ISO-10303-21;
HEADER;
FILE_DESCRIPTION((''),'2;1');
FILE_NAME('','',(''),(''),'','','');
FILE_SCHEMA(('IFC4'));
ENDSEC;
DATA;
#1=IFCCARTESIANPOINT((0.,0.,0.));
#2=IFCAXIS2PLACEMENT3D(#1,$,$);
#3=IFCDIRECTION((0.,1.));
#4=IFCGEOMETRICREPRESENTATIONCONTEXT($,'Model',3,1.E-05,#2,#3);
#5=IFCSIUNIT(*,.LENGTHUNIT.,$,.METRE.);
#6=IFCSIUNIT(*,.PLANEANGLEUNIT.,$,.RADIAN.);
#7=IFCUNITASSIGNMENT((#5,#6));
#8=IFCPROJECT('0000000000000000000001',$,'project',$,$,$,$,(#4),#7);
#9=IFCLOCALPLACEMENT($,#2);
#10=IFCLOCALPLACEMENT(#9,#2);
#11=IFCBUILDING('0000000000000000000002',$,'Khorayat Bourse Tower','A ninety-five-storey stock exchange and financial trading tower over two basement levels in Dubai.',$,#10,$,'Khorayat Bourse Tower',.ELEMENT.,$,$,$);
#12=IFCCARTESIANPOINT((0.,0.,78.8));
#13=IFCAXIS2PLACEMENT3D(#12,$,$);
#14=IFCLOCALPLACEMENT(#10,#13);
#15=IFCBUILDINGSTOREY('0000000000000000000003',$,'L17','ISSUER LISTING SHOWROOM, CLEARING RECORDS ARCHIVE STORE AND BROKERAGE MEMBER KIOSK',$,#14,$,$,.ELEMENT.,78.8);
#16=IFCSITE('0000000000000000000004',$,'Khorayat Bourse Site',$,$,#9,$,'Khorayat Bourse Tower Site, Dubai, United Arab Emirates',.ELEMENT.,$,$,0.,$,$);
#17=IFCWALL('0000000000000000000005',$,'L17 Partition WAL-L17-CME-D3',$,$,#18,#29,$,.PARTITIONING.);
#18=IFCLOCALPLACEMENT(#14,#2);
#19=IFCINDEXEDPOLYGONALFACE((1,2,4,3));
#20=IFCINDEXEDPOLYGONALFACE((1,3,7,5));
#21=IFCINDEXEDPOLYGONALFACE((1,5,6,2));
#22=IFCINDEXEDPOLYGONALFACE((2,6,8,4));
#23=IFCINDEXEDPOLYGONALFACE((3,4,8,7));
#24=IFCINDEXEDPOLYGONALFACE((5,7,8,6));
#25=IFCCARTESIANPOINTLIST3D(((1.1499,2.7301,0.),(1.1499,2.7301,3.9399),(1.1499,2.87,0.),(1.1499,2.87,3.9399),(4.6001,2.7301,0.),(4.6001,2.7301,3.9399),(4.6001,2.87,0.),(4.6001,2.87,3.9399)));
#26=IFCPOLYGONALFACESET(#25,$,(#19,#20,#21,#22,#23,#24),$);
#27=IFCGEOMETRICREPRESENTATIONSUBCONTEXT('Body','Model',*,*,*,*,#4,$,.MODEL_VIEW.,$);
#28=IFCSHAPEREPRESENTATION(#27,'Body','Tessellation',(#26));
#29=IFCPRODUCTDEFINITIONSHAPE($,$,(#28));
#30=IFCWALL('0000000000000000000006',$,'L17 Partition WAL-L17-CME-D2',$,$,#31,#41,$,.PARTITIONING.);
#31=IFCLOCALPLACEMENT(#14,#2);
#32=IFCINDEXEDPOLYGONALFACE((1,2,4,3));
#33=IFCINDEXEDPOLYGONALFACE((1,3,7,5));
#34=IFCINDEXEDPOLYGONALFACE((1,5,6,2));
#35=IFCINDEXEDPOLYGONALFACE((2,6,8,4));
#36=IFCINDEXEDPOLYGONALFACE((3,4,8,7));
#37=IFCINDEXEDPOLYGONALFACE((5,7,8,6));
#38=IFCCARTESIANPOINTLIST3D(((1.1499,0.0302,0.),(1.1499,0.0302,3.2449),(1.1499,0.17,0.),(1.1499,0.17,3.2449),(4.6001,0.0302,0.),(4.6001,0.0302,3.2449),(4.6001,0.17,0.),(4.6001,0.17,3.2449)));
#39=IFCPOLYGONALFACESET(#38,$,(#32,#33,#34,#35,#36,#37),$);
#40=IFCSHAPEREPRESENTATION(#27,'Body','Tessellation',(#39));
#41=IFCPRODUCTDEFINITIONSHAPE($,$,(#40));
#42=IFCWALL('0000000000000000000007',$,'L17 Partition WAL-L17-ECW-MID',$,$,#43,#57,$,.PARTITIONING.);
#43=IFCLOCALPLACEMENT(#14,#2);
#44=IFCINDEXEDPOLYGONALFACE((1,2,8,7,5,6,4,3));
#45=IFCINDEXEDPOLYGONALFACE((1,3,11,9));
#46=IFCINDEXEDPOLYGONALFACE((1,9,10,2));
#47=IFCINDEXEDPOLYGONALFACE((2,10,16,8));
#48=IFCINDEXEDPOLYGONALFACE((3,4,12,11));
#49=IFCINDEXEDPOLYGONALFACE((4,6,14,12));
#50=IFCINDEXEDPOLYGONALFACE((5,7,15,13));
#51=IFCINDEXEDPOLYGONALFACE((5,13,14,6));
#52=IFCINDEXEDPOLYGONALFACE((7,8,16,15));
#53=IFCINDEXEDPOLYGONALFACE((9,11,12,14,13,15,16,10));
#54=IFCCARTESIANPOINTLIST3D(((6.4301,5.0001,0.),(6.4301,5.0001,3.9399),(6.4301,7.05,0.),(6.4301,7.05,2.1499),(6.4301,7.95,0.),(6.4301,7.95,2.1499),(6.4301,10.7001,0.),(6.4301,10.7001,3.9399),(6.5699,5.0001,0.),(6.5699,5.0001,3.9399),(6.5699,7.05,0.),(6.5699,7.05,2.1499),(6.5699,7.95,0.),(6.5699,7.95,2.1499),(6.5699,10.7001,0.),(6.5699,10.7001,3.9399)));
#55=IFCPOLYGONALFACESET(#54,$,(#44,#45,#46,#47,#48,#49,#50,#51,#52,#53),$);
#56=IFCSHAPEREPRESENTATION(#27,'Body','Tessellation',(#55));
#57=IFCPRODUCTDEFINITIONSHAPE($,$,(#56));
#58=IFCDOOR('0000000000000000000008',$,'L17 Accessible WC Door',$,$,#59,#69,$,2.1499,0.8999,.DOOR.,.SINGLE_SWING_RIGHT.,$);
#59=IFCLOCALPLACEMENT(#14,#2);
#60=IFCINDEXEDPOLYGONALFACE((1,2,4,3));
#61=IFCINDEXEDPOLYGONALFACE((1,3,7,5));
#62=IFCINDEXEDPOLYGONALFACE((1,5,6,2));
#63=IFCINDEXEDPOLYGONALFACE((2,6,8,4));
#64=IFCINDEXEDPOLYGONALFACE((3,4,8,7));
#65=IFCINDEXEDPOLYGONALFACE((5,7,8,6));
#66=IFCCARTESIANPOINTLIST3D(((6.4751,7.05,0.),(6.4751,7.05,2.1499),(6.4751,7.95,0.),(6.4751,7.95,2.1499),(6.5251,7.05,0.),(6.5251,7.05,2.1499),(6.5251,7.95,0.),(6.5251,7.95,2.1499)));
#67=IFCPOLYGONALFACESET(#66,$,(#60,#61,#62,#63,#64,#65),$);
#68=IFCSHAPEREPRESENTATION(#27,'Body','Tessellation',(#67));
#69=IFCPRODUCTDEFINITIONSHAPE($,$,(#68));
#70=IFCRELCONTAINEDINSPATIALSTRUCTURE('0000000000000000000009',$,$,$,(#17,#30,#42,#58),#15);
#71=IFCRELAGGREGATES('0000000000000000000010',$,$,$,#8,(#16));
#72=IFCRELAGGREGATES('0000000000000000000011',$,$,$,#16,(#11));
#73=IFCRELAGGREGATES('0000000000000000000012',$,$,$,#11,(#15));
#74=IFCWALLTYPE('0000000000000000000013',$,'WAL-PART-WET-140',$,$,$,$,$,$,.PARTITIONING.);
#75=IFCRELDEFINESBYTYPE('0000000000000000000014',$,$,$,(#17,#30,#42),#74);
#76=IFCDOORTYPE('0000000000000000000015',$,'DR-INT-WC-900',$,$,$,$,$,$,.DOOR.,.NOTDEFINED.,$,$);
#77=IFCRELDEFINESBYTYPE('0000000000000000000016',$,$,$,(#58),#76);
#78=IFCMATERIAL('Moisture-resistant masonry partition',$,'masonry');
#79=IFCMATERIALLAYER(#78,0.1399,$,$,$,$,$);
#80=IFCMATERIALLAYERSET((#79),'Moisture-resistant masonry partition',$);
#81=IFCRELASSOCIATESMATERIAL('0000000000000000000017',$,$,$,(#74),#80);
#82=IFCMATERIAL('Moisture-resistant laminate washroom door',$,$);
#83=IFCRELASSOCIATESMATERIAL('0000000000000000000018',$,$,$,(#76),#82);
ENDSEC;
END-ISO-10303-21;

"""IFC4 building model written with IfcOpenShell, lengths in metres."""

from ifc_helpers import new_model, si_unit, direction, frame, frame_2d, origin, place, context, subcontext, project, spatial, rectangle, extrude, source, transform, mapped, material, layer, layer_set, type_object, element, fill, save


model = new_model("IFC4")

# Units and contexts
model_context = context("Model", 3, precision=1e-05, world=origin(), true_north=direction((0.0, 1.0)))
body_context = subcontext(model_context, "Body", "Model", "MODEL_VIEW")
ifc_project = project(units=[si_unit("LENGTHUNIT", "METRE"), si_unit("PLANEANGLEUNIT", "RADIAN")], contexts=[model_context])

# Site, building, storey
site_placement = place(None, origin())
site = spatial("IfcSite", under=ifc_project, at=site_placement, Name="Khorayat Bourse Site", LongName="Khorayat Bourse Tower Site, Dubai, United Arab Emirates", CompositionType="ELEMENT", RefElevation=0.0)
building_placement = place(site_placement, origin())
building = spatial("IfcBuilding", under=site, at=building_placement, Name="Khorayat Bourse Tower", Description="A ninety-five-storey stock exchange and financial trading tower over two basement levels in Dubai.", LongName="Khorayat Bourse Tower", CompositionType="ELEMENT")
storey_placement = place(building_placement, frame((0.0, 0.0, 78.8)))
storey = spatial("IfcBuildingStorey", under=building, at=storey_placement, Name="L17", Description="ISSUER LISTING SHOWROOM, CLEARING RECORDS ARCHIVE STORE AND BROKERAGE MEMBER KIOSK", CompositionType="ELEMENT", Elevation=78.8)

# Shared definitions
ifc_material_1 = material(Name="Moisture-resistant masonry partition", Category="masonry")
ifc_layer_1 = layer(ifc_material_1, 0.1399)
ifc_layer_set_1 = layer_set([ifc_layer_1], Name="Moisture-resistant masonry partition")
wall_type_1 = type_object("IfcWallType", Name="WAL-PART-WET-140", PredefinedType="PARTITIONING", material=ifc_layer_set_1)

# Shared definitions
shared_shape_1 = source(origin(), body_context, "Body", "SweptSolid", [
    extrude(rectangle(XDim=0.8999, YDim=2.1499, at=frame_2d((0.45, 1.075))), frame((0.0, 0.0798, 0.0), z_axis=(0.0, -1.0, 0.0), x_axis=(1.0, 0.0, 0.0)), (0.0, 0.0, 1.0), 0.1599),
])
ifc_material_2 = material(Name="Moisture-resistant laminate washroom door")
door_type = type_object("IfcDoorType", Name="DR-INT-WC-900", OperationType="NOTDEFINED", PredefinedType="DOOR", material=ifc_material_2)
shared_shape_2 = source(origin(), body_context, "Body", "SweptSolid", [
    extrude(rectangle(XDim=0.8999, YDim=2.1499, at=frame_2d((0.45, 1.075))), frame((0.0, 0.0249, 0.0), z_axis=(0.0, -1.0, 0.0), x_axis=(1.0, 0.0, 0.0)), (0.0, 0.0, 1.0), 0.05),
])

# Walls
shared_shape_3 = source(origin(), body_context, "Body", "SweptSolid", [
    extrude(rectangle(XDim=3.4502, YDim=0.1399, at=frame_2d((1.7251, 0.0))), origin(), (0.0, 0.0, 1.0), 3.9399),
])
wall_1_placement = place(storey_placement, frame((1.1499, 2.8, 0.0), z_axis=(0.0, 0.0, 1.0), x_axis=(1.0, 0.0, 0.0)))
element("IfcWall", 1, at=wall_1_placement, inside=storey, type_object=wall_type_1, Name="L17 Partition WAL-L17-CME-D3", PredefinedType="PARTITIONING", context=body_context, shape_type="MappedRepresentation", body=[
    mapped(shared_shape_3, transform((0.0, 0.0, 0.0), scale=1.0)),
])
shared_shape_4 = source(origin(), body_context, "Body", "SweptSolid", [
    extrude(rectangle(XDim=3.4502, YDim=0.1399, at=frame_2d((1.7251, 0.0))), origin(), (0.0, 0.0, 1.0), 3.2449),
])
wall_2_placement = place(storey_placement, frame((1.1499, 0.1001, 0.0), z_axis=(0.0, 0.0, 1.0), x_axis=(1.0, 0.0, 0.0)))
element("IfcWall", 2, at=wall_2_placement, inside=storey, type_object=wall_type_1, Name="L17 Partition WAL-L17-CME-D2", PredefinedType="PARTITIONING", context=body_context, shape_type="MappedRepresentation", body=[
    mapped(shared_shape_4, transform((0.0, 0.0, 0.0), scale=1.0)),
])

# Wall, opening, door
shared_shape_5 = source(origin(), body_context, "Body", "SweptSolid", [
    extrude(rectangle(XDim=5.7, YDim=0.1399, at=frame_2d((2.8501, 0.0))), origin(), (0.0, 0.0, 1.0), 3.9399),
])
wall_3_placement = place(storey_placement, frame((6.5, 5.0, 0.0), z_axis=(0.0, 0.0, 1.0), x_axis=(0.0, 1.0, 0.0)))
wall_3 = element("IfcWall", 3, at=wall_3_placement, inside=storey, type_object=wall_type_1, Name="L17 Partition WAL-L17-ECW-MID", PredefinedType="PARTITIONING", context=body_context, shape_type="MappedRepresentation", body=[
    mapped(shared_shape_5, transform((0.0, 0.0, 0.0), scale=1.0)),
])
opening_1_placement = place(wall_3_placement, frame((2.05, 0.0, 0.0)))
opening_1 = element("IfcOpeningElement", 4, at=opening_1_placement, cuts=wall_3, PredefinedType="OPENING", context=body_context, shape_type="MappedRepresentation", body=[
    mapped(shared_shape_1, transform((0.0, 0.0, 0.0), scale=1.0)),
])
door_1_placement = place(opening_1_placement, origin())
door_1 = element("IfcDoor", 5, at=door_1_placement, inside=storey, type_object=door_type, Name="L17 Accessible WC Door", OperationType="SINGLE_SWING_RIGHT", OverallHeight=2.1499, OverallWidth=0.8999, PredefinedType="DOOR", context=body_context, shape_type="MappedRepresentation", body=[
    mapped(shared_shape_2, transform((0.0, 0.0, 0.0), scale=1.0)),
])
fill(opening_1, door_1)

save(model, "model.ifc")
